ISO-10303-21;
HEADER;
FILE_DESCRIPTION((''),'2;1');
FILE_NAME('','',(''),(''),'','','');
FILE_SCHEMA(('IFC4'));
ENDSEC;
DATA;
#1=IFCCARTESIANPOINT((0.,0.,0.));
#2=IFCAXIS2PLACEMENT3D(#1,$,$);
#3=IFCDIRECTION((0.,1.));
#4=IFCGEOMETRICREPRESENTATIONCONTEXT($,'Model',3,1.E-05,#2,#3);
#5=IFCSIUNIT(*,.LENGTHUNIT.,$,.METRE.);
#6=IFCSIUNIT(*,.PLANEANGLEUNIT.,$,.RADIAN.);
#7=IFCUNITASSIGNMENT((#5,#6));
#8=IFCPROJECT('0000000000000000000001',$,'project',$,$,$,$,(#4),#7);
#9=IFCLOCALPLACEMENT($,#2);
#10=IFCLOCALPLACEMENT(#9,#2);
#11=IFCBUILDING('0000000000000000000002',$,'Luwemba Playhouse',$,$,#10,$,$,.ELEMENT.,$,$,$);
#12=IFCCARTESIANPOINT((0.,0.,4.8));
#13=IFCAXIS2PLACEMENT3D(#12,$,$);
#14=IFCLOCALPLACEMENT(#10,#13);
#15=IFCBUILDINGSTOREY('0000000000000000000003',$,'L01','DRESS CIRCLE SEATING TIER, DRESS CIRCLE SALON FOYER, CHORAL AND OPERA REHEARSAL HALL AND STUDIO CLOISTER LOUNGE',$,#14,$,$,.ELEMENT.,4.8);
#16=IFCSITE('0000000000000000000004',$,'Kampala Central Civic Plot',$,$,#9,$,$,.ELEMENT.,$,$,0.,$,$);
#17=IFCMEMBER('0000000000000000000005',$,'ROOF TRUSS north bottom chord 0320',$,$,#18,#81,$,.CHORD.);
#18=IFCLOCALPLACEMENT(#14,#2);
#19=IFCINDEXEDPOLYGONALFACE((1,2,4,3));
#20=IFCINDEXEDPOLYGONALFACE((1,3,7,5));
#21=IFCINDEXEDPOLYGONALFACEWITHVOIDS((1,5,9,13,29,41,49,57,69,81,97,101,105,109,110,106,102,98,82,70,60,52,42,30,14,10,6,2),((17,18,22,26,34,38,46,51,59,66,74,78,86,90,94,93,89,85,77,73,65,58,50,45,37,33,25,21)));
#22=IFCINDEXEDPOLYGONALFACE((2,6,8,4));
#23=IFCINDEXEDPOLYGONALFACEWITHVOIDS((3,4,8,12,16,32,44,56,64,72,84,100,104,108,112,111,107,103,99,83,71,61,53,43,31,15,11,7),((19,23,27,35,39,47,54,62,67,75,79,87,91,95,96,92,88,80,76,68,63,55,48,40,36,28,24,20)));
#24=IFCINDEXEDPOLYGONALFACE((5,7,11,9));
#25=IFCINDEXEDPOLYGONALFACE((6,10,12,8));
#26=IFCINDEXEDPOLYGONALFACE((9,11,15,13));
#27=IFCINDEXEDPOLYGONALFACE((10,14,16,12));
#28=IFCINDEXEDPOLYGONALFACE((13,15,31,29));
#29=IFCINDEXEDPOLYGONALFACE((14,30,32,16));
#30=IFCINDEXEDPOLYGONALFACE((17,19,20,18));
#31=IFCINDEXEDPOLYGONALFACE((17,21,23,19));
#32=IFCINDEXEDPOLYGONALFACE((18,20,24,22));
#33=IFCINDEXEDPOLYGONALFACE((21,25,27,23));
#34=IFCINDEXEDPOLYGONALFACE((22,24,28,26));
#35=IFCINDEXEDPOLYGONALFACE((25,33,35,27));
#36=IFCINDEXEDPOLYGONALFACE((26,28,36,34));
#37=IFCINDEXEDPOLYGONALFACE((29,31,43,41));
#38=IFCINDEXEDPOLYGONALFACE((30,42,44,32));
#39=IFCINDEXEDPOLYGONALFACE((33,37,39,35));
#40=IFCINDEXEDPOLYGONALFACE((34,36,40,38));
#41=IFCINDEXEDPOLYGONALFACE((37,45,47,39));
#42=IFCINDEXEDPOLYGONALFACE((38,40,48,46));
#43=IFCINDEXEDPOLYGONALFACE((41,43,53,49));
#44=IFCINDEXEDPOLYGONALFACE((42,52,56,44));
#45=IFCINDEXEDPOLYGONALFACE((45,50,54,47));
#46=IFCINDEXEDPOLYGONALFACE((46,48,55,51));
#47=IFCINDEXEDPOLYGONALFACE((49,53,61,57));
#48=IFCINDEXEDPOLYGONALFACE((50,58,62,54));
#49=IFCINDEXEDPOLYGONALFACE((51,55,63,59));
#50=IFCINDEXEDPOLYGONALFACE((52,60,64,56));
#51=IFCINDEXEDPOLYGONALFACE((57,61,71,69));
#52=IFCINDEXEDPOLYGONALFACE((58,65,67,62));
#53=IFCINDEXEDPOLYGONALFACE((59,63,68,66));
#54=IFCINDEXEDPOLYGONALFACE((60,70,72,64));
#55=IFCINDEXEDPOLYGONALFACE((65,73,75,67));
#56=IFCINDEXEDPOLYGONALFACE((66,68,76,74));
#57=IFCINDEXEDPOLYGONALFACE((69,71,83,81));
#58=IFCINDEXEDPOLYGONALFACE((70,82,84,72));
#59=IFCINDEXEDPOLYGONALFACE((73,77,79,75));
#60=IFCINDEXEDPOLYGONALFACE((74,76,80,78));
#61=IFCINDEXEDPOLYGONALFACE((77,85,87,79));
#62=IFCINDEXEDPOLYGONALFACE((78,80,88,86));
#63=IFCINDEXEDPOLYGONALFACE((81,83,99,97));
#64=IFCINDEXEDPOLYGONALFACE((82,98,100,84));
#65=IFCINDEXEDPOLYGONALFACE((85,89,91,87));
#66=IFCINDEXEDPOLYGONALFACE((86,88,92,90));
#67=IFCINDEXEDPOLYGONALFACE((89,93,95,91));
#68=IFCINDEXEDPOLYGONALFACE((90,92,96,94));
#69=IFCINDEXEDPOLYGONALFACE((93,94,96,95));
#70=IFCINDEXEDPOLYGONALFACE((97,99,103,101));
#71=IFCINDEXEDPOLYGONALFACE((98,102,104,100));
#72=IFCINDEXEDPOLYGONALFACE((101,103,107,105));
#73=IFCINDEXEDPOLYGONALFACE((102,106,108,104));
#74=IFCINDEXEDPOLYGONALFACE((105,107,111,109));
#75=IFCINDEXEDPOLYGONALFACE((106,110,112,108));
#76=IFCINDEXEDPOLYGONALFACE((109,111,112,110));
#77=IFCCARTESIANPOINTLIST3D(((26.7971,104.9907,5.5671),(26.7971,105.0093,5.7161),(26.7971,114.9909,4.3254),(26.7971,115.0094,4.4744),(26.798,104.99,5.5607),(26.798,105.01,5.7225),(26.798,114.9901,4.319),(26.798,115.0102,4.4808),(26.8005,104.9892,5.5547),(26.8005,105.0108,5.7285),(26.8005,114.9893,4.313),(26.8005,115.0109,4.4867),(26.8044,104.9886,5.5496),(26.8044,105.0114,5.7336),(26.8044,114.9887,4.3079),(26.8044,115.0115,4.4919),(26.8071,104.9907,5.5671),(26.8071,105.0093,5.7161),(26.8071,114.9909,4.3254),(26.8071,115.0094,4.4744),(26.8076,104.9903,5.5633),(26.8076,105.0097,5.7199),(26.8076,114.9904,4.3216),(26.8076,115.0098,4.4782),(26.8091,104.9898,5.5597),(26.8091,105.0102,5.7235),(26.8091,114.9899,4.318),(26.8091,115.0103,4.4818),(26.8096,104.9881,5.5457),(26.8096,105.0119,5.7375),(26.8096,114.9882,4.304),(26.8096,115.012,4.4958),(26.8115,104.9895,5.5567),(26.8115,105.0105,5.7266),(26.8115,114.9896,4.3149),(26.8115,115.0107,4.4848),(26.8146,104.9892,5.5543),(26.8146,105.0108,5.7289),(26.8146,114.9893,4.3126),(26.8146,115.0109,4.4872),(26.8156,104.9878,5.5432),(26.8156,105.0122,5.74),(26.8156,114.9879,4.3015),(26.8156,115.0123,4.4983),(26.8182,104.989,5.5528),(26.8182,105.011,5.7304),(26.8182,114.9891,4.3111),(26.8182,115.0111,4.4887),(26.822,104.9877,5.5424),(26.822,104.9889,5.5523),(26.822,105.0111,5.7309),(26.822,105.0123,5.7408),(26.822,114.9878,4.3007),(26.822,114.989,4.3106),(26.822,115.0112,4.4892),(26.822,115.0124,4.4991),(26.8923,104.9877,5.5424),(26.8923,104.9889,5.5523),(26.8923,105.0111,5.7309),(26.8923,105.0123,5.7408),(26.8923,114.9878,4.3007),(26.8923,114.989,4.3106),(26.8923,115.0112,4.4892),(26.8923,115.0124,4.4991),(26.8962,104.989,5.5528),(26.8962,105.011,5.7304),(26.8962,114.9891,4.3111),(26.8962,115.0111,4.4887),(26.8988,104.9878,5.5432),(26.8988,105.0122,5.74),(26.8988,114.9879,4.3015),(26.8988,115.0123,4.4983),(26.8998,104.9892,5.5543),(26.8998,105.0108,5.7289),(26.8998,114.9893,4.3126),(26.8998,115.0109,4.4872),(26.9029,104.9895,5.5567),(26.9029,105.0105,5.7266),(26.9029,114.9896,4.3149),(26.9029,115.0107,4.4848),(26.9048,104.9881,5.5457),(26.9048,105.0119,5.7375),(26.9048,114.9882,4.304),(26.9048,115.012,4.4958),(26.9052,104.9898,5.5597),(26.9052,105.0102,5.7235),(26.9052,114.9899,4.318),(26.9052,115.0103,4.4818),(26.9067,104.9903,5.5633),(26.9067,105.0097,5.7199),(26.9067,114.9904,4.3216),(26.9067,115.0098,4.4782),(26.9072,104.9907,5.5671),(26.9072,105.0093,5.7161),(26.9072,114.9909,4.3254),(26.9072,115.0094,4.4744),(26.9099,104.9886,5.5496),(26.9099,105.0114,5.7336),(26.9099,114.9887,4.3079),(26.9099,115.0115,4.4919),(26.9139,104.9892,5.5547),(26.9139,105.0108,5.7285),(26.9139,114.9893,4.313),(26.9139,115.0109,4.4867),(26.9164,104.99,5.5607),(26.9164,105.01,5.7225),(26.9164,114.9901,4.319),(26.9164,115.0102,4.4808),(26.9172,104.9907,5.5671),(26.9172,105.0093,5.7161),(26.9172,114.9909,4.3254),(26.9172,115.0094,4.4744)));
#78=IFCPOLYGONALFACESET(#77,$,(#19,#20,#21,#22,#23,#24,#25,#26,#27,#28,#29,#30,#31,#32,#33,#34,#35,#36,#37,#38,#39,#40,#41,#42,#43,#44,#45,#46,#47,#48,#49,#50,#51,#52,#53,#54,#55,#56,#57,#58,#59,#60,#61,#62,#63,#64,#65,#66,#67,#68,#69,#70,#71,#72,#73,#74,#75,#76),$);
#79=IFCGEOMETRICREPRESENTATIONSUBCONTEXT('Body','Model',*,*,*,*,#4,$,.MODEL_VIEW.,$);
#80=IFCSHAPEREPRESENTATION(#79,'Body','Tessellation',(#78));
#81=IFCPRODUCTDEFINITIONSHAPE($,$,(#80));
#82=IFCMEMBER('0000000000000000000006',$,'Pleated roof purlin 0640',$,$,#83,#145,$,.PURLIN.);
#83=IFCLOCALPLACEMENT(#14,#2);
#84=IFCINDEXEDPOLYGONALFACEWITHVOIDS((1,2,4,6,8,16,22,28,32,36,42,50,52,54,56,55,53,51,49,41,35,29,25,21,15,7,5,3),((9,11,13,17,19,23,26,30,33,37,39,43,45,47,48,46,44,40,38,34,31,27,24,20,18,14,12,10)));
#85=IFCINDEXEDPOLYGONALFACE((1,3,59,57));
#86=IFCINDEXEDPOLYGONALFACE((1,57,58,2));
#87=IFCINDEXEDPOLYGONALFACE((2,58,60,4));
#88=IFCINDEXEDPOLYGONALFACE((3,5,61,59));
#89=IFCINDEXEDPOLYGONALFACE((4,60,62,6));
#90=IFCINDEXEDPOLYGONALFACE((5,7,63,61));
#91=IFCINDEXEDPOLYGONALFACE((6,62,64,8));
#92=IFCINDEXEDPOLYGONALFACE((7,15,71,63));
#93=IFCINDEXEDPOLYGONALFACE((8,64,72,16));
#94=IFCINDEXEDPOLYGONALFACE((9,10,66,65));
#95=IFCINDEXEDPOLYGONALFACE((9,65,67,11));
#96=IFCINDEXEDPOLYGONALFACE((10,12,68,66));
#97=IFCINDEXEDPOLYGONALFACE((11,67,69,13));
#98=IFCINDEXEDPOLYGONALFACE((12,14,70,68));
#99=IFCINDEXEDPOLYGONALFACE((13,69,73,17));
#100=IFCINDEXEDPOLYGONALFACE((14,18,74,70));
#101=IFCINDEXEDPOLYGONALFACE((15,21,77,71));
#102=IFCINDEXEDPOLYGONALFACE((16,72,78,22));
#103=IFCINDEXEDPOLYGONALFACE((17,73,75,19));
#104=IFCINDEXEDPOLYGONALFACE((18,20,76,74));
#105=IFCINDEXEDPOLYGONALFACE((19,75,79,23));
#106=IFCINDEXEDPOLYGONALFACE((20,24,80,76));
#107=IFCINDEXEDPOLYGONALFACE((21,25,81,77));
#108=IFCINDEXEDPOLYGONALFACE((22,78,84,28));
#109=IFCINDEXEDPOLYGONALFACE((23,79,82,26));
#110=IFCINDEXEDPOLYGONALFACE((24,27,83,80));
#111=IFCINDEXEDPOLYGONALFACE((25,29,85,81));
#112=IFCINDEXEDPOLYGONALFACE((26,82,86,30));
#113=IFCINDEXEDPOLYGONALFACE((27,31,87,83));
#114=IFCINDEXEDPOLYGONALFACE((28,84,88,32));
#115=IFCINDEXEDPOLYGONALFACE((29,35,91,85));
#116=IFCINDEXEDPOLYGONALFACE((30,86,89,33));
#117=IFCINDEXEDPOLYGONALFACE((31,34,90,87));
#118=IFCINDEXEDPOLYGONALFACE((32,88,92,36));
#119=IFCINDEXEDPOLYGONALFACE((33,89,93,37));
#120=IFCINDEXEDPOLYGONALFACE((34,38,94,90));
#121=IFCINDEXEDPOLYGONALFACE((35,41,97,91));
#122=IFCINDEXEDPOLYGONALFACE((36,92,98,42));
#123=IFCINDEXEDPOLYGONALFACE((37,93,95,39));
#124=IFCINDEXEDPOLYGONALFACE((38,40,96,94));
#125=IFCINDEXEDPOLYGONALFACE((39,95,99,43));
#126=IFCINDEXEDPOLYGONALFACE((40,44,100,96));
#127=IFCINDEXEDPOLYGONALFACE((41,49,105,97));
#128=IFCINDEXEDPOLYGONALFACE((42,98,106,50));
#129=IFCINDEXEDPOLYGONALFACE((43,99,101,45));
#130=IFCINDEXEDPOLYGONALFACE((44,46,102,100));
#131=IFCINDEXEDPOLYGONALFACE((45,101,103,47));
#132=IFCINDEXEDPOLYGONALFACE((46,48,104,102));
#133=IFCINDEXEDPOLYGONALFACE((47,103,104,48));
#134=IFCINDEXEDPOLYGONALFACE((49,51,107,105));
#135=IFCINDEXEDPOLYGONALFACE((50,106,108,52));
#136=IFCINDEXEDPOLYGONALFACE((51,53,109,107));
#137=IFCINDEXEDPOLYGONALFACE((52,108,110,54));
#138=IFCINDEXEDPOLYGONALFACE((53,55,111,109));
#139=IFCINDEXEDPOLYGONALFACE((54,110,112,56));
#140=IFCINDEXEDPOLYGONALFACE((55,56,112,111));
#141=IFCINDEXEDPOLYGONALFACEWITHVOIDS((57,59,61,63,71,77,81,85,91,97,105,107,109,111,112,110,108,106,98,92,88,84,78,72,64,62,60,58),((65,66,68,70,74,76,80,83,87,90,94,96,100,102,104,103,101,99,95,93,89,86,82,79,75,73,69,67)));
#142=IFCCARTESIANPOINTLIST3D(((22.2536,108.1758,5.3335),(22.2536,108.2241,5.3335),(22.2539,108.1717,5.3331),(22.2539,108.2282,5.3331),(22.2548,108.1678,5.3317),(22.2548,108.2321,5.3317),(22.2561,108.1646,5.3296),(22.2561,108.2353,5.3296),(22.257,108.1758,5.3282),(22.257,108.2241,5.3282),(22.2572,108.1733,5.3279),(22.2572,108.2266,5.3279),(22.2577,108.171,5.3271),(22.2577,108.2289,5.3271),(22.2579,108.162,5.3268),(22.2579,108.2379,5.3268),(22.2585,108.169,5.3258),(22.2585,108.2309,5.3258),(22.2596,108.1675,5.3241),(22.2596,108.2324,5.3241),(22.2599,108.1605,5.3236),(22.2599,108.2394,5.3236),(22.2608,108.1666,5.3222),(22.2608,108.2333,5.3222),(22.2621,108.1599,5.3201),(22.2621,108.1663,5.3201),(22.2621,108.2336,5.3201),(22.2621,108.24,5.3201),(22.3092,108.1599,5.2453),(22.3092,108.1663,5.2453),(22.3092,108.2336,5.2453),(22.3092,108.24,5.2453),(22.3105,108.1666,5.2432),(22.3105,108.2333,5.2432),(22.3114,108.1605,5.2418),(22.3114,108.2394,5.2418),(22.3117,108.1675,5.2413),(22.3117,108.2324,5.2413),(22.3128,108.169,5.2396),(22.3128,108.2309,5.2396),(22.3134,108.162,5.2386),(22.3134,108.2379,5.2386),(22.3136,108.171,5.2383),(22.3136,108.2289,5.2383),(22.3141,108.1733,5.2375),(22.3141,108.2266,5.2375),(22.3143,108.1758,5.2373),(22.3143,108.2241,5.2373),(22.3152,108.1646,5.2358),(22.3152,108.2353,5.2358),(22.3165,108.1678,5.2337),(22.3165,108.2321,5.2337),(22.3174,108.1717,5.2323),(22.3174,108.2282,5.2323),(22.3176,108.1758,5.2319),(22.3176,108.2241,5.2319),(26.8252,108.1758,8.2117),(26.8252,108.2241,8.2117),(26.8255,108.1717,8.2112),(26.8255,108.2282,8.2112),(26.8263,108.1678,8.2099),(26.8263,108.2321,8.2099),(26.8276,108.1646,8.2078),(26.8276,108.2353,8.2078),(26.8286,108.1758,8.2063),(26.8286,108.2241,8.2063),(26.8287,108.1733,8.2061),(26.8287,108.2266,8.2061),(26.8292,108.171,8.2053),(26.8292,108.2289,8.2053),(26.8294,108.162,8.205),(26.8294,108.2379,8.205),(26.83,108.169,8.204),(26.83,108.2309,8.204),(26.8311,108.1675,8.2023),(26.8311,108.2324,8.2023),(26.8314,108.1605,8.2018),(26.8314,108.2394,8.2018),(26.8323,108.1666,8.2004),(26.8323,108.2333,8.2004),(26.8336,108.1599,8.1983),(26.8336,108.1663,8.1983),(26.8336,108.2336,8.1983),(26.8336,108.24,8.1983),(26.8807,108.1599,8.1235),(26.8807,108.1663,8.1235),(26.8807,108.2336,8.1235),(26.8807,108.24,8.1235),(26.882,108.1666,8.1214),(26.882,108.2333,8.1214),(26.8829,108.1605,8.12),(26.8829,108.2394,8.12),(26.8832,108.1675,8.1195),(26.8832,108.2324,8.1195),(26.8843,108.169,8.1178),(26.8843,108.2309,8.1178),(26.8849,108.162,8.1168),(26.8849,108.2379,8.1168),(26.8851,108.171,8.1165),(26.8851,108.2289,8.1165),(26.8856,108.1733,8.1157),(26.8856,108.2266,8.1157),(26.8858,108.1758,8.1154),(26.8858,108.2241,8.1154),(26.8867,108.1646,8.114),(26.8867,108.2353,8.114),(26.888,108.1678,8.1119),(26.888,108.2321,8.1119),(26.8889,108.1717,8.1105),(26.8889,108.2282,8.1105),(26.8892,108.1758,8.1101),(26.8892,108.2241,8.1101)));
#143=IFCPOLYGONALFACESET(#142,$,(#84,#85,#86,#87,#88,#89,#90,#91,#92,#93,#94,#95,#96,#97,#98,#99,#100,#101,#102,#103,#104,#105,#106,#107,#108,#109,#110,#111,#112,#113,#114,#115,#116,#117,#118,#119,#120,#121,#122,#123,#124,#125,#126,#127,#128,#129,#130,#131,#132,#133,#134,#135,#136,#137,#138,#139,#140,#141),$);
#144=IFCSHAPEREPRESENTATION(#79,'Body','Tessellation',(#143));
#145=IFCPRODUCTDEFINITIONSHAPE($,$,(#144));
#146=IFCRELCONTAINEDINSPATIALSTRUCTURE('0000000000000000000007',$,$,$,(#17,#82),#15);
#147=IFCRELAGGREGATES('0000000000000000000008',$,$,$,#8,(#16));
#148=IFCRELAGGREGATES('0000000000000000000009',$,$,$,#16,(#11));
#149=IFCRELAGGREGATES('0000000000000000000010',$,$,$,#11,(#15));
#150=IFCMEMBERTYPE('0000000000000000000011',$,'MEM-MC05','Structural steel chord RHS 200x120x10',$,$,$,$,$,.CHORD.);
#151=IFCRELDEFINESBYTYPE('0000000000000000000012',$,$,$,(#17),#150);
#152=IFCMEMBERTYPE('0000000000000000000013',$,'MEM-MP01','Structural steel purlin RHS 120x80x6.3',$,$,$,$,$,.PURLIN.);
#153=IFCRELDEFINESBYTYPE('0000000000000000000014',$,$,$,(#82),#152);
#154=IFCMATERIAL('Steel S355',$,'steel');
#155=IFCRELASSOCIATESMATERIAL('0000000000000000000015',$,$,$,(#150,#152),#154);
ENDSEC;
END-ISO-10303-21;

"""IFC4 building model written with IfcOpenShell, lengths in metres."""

from ifc_helpers import new_model, si_unit, direction, frame, origin, origin_2d, place, context, subcontext, project, spatial, hollow_rectangle, extrude, material, material_profile, profile_set, type_object, element, save


model = new_model("IFC4")

# Units and contexts
model_context = context("Model", 3, precision=1e-05, world=origin(), true_north=direction((0.0, 1.0)))
body_context = subcontext(model_context, "Body", "Model", "MODEL_VIEW")
ifc_project = project(units=[si_unit("LENGTHUNIT", "METRE"), si_unit("PLANEANGLEUNIT", "RADIAN")], contexts=[model_context])

# Site, building, storey
site_placement = place(None, origin())
site = spatial("IfcSite", under=ifc_project, at=site_placement, Name="Kampala Central Civic Plot", CompositionType="ELEMENT", RefElevation=0.0)
building_placement = place(site_placement, origin())
building = spatial("IfcBuilding", under=site, at=building_placement, Name="Luwemba Playhouse", CompositionType="ELEMENT")
storey_placement = place(building_placement, frame((0.0, 0.0, 4.8)))
storey = spatial("IfcBuildingStorey", under=building, at=storey_placement, Name="L01", Description="DRESS CIRCLE SEATING TIER, DRESS CIRCLE SALON FOYER, CHORAL AND OPERA REHEARSAL HALL AND STUDIO CLOISTER LOUNGE", CompositionType="ELEMENT", Elevation=4.8)

# Shared definitions
ifc_material_1 = material(Name="Steel S355", Category="steel")

# Members
ifc_material_profile_1 = material_profile(ifc_material_1, hollow_rectangle(XDim=0.1201, YDim=0.2, WallThickness=0.01, InnerFilletRadius=0.0149, OuterFilletRadius=0.0249, at=origin_2d()))
ifc_profile_set_1 = profile_set([ifc_material_profile_1], Name="Steel S355")
member_type_1 = type_object("IfcMemberType", Name="MEM-MC05", Description="Structural steel chord RHS 200x120x10", PredefinedType="CHORD", material=ifc_profile_set_1)
member_1_placement = place(storey_placement, frame((26.8572, 105.0, 5.6416), z_axis=(0.0, 0.992379, -0.123224), x_axis=(-1.0, 0.0, 0.0)))
element("IfcMember", 1, at=member_1_placement, inside=storey, type_object=member_type_1, Name="ROOF TRUSS north bottom chord 0320", PredefinedType="CHORD", context=body_context, shape_type="SweptSolid", body=[
    extrude(hollow_rectangle(XDim=0.1201, YDim=0.2, WallThickness=0.01, InnerFilletRadius=0.0149, OuterFilletRadius=0.0249, at=origin_2d()), origin(), (0.0, 0.0, 1.0), 10.0769),
])
ifc_material_profile_2 = material_profile(ifc_material_1, hollow_rectangle(XDim=0.0801, YDim=0.1201, WallThickness=0.0063, InnerFilletRadius=0.0095, OuterFilletRadius=0.0159, at=origin_2d()))
ifc_profile_set_2 = profile_set([ifc_material_profile_2], Name="Steel S355")
member_type_2 = type_object("IfcMemberType", Name="MEM-MP01", Description="Structural steel purlin RHS 120x80x6.3", PredefinedType="PURLIN", material=ifc_profile_set_2)
for number, where, z_axis, x_axis, name in (
    (2, (22.2856, 108.2, 5.2827), (0.846249, 0.0, 0.532787), (0.0, 1.0, 0.0), "Pleated roof purlin 0640"),
):
    element("IfcMember", number, at=place(storey_placement, frame(where, z_axis=z_axis, x_axis=x_axis)), inside=storey, type_object=member_type_2, Name=name, PredefinedType="PURLIN", context=body_context, shape_type="SweptSolid", body=[
        extrude(hollow_rectangle(XDim=0.0801, YDim=0.1201, WallThickness=0.0063, InnerFilletRadius=0.0095, OuterFilletRadius=0.0159, at=origin_2d()), origin(), (0.0, 0.0, 1.0), 5.4021),
    ])

save(model, "model.ifc")
